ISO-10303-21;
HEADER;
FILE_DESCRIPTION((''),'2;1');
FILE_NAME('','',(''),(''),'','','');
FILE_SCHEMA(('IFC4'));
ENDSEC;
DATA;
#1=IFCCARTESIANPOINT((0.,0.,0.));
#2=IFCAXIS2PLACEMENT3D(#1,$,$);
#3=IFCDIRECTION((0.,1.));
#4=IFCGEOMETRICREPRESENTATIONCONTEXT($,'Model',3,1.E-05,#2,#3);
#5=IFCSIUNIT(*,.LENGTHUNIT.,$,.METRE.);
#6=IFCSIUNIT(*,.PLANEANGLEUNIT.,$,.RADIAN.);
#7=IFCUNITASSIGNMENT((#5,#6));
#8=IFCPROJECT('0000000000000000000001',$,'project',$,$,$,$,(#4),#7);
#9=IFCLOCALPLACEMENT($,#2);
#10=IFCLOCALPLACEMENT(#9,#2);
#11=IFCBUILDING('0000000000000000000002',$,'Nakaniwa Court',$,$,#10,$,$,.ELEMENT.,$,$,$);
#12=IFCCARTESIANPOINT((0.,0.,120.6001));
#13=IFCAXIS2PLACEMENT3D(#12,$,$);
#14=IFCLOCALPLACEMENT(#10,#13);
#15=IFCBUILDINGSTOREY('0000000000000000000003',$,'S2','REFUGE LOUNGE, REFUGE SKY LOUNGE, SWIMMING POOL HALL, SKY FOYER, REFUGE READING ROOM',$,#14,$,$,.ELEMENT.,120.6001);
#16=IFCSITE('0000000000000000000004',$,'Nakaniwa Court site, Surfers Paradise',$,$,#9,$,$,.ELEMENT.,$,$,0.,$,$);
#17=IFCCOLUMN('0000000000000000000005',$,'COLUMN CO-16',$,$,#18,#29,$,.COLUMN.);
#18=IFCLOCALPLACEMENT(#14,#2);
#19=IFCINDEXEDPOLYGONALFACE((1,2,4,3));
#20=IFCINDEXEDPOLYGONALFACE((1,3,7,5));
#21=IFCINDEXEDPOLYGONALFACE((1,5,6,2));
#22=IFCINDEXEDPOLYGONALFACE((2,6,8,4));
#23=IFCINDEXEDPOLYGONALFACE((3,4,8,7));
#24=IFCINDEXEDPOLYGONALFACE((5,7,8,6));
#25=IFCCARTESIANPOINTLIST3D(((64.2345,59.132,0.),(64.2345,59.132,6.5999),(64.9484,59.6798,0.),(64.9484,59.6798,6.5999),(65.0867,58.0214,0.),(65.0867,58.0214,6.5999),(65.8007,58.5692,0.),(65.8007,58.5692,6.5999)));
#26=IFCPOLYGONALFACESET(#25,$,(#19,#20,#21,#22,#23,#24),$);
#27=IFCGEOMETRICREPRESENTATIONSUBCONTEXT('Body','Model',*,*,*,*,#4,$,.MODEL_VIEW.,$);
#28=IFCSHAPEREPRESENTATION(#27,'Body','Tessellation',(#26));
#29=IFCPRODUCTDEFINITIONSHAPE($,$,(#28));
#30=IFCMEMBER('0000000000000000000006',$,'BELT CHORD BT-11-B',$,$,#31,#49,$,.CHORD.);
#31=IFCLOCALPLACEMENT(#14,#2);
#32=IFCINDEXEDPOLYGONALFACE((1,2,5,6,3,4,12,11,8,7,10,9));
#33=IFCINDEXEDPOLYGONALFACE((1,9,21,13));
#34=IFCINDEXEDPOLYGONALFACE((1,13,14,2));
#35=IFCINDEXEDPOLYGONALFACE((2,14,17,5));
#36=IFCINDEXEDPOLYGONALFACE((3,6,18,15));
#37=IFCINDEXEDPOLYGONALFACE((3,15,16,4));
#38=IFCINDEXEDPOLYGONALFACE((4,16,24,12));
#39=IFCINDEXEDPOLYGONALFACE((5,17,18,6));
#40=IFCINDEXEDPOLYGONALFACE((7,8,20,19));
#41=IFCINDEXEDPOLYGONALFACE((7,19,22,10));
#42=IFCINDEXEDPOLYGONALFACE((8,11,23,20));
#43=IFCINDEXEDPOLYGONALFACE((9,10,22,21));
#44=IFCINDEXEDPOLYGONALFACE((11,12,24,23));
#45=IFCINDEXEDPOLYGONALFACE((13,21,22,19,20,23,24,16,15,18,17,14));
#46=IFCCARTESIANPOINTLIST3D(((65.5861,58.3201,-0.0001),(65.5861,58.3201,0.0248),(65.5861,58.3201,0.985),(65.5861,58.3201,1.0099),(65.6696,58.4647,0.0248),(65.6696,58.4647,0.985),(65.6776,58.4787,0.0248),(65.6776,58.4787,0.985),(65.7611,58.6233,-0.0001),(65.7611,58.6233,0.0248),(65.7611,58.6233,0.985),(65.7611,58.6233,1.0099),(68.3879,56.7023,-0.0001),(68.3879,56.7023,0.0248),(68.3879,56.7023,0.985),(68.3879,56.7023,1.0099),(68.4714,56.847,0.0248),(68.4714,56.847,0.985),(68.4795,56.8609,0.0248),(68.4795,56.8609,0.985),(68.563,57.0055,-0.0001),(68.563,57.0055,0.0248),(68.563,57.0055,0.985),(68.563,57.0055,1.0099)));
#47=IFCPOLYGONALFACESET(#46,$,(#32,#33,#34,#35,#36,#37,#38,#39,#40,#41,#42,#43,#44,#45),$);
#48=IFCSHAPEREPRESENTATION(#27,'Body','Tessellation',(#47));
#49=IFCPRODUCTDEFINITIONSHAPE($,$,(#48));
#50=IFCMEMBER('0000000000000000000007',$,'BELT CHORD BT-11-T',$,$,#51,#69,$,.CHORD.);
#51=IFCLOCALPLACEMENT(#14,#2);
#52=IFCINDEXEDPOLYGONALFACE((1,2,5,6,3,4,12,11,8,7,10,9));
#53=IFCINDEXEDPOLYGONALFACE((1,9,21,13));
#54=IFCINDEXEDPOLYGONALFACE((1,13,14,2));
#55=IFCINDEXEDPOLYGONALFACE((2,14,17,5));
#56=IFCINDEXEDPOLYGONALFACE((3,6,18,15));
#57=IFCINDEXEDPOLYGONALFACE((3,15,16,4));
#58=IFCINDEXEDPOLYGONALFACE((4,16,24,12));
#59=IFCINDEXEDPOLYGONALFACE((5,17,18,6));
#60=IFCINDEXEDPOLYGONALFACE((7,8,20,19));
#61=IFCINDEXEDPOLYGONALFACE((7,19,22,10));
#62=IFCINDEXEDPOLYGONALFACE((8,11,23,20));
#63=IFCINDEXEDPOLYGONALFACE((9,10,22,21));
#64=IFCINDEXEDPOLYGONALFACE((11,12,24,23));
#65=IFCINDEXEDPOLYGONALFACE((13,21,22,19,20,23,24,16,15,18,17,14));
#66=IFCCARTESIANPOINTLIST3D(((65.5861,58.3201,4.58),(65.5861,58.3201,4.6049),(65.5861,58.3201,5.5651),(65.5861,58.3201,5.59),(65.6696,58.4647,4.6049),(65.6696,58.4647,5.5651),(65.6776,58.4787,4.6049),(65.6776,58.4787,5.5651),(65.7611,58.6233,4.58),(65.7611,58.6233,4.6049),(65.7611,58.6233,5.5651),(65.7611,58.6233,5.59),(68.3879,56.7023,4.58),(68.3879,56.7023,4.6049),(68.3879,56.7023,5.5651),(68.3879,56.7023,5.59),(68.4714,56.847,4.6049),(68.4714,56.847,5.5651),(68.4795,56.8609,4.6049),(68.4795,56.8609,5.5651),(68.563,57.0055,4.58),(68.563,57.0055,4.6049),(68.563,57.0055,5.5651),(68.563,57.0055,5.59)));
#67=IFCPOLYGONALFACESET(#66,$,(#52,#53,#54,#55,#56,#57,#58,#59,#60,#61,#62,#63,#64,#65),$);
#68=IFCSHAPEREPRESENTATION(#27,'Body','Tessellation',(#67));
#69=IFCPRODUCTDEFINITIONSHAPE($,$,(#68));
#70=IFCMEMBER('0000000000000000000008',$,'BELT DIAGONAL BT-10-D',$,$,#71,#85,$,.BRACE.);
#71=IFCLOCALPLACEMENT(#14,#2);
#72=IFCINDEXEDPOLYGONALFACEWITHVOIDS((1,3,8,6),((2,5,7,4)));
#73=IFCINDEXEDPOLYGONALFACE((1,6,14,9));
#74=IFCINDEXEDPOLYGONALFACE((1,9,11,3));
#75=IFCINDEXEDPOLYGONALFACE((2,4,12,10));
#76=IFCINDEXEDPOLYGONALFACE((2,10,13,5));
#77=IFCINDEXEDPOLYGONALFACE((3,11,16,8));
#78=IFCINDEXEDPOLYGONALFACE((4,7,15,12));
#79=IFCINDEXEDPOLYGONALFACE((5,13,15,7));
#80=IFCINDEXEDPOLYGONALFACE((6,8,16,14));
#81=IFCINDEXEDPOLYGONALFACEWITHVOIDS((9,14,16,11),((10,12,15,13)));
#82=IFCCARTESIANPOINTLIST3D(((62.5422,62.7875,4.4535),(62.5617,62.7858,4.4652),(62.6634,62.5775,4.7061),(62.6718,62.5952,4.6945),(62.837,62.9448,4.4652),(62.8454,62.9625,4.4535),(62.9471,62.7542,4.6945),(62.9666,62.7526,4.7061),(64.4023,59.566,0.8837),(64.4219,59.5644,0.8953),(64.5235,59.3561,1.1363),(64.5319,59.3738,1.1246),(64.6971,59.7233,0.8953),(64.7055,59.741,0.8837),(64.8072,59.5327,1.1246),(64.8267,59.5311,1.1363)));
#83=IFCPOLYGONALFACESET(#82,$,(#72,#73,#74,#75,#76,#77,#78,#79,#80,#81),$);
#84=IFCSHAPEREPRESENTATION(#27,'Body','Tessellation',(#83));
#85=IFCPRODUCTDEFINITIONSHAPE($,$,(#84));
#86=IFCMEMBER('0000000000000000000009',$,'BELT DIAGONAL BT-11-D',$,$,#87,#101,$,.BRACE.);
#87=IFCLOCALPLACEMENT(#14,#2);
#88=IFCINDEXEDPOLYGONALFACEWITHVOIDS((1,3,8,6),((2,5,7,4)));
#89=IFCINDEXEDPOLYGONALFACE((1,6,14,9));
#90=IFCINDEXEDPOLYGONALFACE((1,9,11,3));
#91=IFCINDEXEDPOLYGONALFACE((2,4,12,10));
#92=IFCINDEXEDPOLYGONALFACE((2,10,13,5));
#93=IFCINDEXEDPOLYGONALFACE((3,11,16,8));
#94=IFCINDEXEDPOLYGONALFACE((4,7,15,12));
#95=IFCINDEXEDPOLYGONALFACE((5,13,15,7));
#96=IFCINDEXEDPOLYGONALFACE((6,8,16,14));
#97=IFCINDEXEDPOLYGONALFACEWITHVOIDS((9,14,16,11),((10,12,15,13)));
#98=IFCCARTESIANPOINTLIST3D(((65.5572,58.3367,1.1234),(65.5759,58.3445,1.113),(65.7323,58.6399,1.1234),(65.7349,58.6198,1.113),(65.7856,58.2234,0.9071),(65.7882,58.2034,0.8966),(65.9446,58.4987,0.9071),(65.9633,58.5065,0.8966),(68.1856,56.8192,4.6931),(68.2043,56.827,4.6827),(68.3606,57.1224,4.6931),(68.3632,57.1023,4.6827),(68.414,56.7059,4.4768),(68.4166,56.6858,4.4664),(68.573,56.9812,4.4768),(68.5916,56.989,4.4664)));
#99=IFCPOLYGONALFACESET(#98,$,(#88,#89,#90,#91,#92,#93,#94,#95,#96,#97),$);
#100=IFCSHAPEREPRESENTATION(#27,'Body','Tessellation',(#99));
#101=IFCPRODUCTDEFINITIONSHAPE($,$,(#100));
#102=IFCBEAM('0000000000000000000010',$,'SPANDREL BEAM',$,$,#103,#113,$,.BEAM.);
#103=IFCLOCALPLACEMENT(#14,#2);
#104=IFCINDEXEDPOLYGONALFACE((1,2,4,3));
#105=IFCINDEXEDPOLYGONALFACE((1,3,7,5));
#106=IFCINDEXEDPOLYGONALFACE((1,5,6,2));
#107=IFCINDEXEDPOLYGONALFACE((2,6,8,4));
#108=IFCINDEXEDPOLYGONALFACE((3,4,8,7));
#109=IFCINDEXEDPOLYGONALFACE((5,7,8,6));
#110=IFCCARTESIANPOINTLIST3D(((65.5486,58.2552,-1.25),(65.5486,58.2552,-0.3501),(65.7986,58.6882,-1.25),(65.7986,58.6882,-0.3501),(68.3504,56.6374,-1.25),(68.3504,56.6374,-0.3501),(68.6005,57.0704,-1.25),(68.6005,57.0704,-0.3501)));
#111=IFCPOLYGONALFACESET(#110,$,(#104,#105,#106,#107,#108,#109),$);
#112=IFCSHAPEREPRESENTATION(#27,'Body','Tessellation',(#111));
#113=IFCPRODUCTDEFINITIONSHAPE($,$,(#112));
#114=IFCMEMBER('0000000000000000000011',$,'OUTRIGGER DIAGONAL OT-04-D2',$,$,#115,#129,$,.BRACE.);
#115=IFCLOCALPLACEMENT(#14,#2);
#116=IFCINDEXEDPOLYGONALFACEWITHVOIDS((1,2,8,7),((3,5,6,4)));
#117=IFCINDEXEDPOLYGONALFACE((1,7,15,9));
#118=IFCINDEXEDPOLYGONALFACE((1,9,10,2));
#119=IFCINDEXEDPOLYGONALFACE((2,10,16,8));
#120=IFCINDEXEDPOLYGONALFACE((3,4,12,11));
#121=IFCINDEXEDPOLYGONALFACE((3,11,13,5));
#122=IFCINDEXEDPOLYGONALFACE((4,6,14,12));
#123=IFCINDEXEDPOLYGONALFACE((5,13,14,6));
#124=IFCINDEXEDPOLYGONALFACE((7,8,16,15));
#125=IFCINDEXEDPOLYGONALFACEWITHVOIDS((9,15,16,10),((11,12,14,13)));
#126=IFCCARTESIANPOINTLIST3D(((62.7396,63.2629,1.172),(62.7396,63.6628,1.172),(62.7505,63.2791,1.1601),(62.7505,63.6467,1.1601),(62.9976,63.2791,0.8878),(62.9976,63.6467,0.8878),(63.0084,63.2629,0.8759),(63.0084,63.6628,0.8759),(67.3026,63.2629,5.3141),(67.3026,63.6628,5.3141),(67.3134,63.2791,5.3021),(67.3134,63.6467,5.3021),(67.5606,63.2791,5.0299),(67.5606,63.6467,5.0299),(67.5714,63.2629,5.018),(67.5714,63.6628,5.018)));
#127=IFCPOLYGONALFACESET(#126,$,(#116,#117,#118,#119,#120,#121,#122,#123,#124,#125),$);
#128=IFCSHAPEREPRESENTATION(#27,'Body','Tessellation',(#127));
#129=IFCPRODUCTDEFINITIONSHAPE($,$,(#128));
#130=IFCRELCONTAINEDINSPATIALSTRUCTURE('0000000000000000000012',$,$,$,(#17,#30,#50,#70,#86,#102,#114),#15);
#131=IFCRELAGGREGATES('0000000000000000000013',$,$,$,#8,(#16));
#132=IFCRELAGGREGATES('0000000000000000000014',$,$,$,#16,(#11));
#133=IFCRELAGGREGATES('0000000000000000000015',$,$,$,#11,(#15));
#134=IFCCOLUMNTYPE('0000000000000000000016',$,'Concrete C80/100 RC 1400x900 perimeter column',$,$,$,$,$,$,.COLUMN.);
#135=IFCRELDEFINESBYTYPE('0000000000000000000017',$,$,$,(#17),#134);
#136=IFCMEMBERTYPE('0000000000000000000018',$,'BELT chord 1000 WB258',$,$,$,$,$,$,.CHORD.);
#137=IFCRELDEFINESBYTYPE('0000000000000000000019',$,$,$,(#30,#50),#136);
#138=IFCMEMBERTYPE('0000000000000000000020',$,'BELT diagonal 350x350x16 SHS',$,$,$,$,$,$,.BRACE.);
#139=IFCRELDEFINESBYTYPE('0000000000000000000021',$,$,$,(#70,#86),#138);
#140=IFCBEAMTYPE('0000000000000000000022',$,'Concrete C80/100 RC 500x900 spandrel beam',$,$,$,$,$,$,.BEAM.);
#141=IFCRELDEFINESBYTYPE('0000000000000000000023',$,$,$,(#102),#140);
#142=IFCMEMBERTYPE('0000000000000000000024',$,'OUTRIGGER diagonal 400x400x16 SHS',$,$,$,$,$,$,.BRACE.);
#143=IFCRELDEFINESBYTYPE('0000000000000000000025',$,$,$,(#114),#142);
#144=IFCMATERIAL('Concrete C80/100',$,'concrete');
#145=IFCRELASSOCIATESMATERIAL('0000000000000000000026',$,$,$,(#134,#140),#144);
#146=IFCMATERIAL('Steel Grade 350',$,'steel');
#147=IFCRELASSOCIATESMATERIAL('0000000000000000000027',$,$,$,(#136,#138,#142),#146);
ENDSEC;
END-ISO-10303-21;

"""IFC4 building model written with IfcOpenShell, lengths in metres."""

from ifc_helpers import new_model, si_unit, direction, frame, origin, origin_2d, place, context, subcontext, project, spatial, rectangle, hollow_rectangle, i_section, extrude, material, material_profile, profile_set, type_object, element, save


model = new_model("IFC4")

# Units and contexts
model_context = context("Model", 3, precision=1e-05, world=origin(), true_north=direction((0.0, 1.0)))
body_context = subcontext(model_context, "Body", "Model", "MODEL_VIEW")
ifc_project = project(units=[si_unit("LENGTHUNIT", "METRE"), si_unit("PLANEANGLEUNIT", "RADIAN")], contexts=[model_context])

# Site, building, storey
site_placement = place(None, origin())
site = spatial("IfcSite", under=ifc_project, at=site_placement, Name="Nakaniwa Court site, Surfers Paradise", CompositionType="ELEMENT", RefElevation=0.0)
building_placement = place(site_placement, origin())
building = spatial("IfcBuilding", under=site, at=building_placement, Name="Nakaniwa Court", CompositionType="ELEMENT")
storey_placement = place(building_placement, frame((0.0, 0.0, 120.6001)))
storey = spatial("IfcBuildingStorey", under=building, at=storey_placement, Name="S2", Description="REFUGE LOUNGE, REFUGE SKY LOUNGE, SWIMMING POOL HALL, SKY FOYER, REFUGE READING ROOM", CompositionType="ELEMENT", Elevation=120.6001)

# Column
ifc_material_1 = material(Name="Concrete C80/100", Category="concrete")
ifc_material_profile_1 = material_profile(ifc_material_1, rectangle(XDim=1.3999, YDim=0.8999, at=origin_2d()), Name="Concrete C80/100 RC 1400x900 perimeter column")
ifc_profile_set_1 = profile_set([ifc_material_profile_1], Name="Concrete C80/100")
column_type = type_object("IfcColumnType", Name="Concrete C80/100 RC 1400x900 perimeter column", PredefinedType="COLUMN", material=ifc_profile_set_1)
column_placement = place(storey_placement, frame((65.0176, 58.8506, 0.0), z_axis=(0.0, 0.0, 1.0), x_axis=(0.608761, -0.793353, 0.0)))
element("IfcColumn", 1, at=column_placement, inside=storey, type_object=column_type, Name="COLUMN CO-16", PredefinedType="COLUMN", context=body_context, shape_type="SweptSolid", body=[
    extrude(rectangle(XDim=1.3999, YDim=0.8999, at=origin_2d()), origin(), (0.0, 0.0, 1.0), 6.5999),
])

# Members
ifc_material_2 = material(Name="Steel Grade 350", Category="steel")
ifc_material_profile_2 = material_profile(ifc_material_2, i_section(OverallWidth=0.3501, OverallDepth=1.01, WebThickness=0.0161, FlangeThickness=0.0249, at=origin_2d()), Name="1000WB258")
ifc_profile_set_2 = profile_set([ifc_material_profile_2], Name="Steel Grade 350")
member_type_1 = type_object("IfcMemberType", Name="BELT chord 1000 WB258", PredefinedType="CHORD", material=ifc_profile_set_2)
for number, where, z_axis, x_axis, name in (
    (2, (65.6736, 58.4717, 0.5049), (0.866015, -0.500019, 0.0), (0.500019, 0.866015, 0.0), "BELT CHORD BT-11-B"),
    (3, (65.6736, 58.4717, 5.085), (0.866015, -0.500019, 0.0), (0.500019, 0.866015, 0.0), "BELT CHORD BT-11-T"),
):
    element("IfcMember", number, at=place(storey_placement, frame(where, z_axis=z_axis, x_axis=x_axis)), inside=storey, type_object=member_type_1, Name=name, PredefinedType="CHORD", context=body_context, shape_type="SweptSolid", body=[
        extrude(i_section(OverallWidth=0.3501, OverallDepth=1.01, WebThickness=0.0161, FlangeThickness=0.0249, at=origin_2d()), origin(), (0.0, 0.0, 1.0), 3.2354),
    ])
ifc_material_profile_3 = material_profile(ifc_material_2, hollow_rectangle(XDim=0.3501, YDim=0.3501, WallThickness=0.0161, at=origin_2d()), Name="BELT diagonal 350x350x16 SHS")
ifc_profile_set_3 = profile_set([ifc_material_profile_3], Name="Steel Grade 350")
member_type_2 = type_object("IfcMemberType", Name="BELT diagonal 350x350x16 SHS", PredefinedType="BRACE", material=ifc_profile_set_3)
member_1_placement = place(storey_placement, frame((62.7544, 62.77, 4.5798), z_axis=(0.360786, -0.624829, -0.692403), x_axis=(0.866001, 0.500042, 0.0)))
element("IfcMember", 4, at=member_1_placement, inside=storey, type_object=member_type_2, Name="BELT DIAGONAL BT-10-D", PredefinedType="BRACE", context=body_context, shape_type="SweptSolid", body=[
    extrude(hollow_rectangle(XDim=0.3501, YDim=0.3501, WallThickness=0.0161, at=origin_2d()), origin(), (0.0, 0.0, 1.0), 5.1558),
])
member_2_placement = place(storey_placement, frame((65.7603, 58.4216, 1.01), z_axis=(0.560951, -0.323878, 0.761864), x_axis=(0.500015, 0.866017, 0.0)))
element("IfcMember", 5, at=member_2_placement, inside=storey, type_object=member_type_2, Name="BELT DIAGONAL BT-11-D", PredefinedType="BRACE", context=body_context, shape_type="SweptSolid", body=[
    extrude(hollow_rectangle(XDim=0.3501, YDim=0.3501, WallThickness=0.0161, at=origin_2d()), origin(), (0.0, 0.0, 1.0), 4.6855),
])

# Beam
ifc_material_profile_4 = material_profile(ifc_material_1, rectangle(XDim=0.5, YDim=0.8999, at=origin_2d()), Name="Concrete C80/100 RC 500x900 spandrel beam")
ifc_profile_set_4 = profile_set([ifc_material_profile_4], Name="Concrete C80/100")
beam_type = type_object("IfcBeamType", Name="Concrete C80/100 RC 500x900 spandrel beam", PredefinedType="BEAM", material=ifc_profile_set_4)
beam_placement = place(storey_placement, frame((65.6736, 58.4717, -0.8), z_axis=(0.866015, -0.500019, 0.0), x_axis=(0.500019, 0.866015, 0.0)))
element("IfcBeam", 6, at=beam_placement, inside=storey, type_object=beam_type, Name="SPANDREL BEAM", PredefinedType="BEAM", context=body_context, shape_type="SweptSolid", body=[
    extrude(rectangle(XDim=0.5, YDim=0.8999, at=origin_2d()), origin(), (0.0, 0.0, 1.0), 3.2354),
])

# Member
ifc_material_profile_5 = material_profile(ifc_material_2, hollow_rectangle(XDim=0.3999, YDim=0.3999, WallThickness=0.0161, at=origin_2d()), Name="OUTRIGGER diagonal 400x400x16 SHS")
ifc_profile_set_5 = profile_set([ifc_material_profile_5], Name="Steel Grade 350")
member_type_3 = type_object("IfcMemberType", Name="OUTRIGGER diagonal 400x400x16 SHS", PredefinedType="BRACE", material=ifc_profile_set_5)
member_3_placement = place(storey_placement, frame((67.437, 63.4629, 5.166), z_axis=(-0.740431, 0.0, -0.672132), x_axis=(0.0, -1.0, 0.0)))
element("IfcMember", 7, at=member_3_placement, inside=storey, type_object=member_type_3, Name="OUTRIGGER DIAGONAL OT-04-D2", PredefinedType="BRACE", context=body_context, shape_type="SweptSolid", body=[
    extrude(hollow_rectangle(XDim=0.3999, YDim=0.3999, WallThickness=0.0161, at=origin_2d()), origin(), (0.0, 0.0, 1.0), 6.1626),
])

save(model, "model.ifc")
